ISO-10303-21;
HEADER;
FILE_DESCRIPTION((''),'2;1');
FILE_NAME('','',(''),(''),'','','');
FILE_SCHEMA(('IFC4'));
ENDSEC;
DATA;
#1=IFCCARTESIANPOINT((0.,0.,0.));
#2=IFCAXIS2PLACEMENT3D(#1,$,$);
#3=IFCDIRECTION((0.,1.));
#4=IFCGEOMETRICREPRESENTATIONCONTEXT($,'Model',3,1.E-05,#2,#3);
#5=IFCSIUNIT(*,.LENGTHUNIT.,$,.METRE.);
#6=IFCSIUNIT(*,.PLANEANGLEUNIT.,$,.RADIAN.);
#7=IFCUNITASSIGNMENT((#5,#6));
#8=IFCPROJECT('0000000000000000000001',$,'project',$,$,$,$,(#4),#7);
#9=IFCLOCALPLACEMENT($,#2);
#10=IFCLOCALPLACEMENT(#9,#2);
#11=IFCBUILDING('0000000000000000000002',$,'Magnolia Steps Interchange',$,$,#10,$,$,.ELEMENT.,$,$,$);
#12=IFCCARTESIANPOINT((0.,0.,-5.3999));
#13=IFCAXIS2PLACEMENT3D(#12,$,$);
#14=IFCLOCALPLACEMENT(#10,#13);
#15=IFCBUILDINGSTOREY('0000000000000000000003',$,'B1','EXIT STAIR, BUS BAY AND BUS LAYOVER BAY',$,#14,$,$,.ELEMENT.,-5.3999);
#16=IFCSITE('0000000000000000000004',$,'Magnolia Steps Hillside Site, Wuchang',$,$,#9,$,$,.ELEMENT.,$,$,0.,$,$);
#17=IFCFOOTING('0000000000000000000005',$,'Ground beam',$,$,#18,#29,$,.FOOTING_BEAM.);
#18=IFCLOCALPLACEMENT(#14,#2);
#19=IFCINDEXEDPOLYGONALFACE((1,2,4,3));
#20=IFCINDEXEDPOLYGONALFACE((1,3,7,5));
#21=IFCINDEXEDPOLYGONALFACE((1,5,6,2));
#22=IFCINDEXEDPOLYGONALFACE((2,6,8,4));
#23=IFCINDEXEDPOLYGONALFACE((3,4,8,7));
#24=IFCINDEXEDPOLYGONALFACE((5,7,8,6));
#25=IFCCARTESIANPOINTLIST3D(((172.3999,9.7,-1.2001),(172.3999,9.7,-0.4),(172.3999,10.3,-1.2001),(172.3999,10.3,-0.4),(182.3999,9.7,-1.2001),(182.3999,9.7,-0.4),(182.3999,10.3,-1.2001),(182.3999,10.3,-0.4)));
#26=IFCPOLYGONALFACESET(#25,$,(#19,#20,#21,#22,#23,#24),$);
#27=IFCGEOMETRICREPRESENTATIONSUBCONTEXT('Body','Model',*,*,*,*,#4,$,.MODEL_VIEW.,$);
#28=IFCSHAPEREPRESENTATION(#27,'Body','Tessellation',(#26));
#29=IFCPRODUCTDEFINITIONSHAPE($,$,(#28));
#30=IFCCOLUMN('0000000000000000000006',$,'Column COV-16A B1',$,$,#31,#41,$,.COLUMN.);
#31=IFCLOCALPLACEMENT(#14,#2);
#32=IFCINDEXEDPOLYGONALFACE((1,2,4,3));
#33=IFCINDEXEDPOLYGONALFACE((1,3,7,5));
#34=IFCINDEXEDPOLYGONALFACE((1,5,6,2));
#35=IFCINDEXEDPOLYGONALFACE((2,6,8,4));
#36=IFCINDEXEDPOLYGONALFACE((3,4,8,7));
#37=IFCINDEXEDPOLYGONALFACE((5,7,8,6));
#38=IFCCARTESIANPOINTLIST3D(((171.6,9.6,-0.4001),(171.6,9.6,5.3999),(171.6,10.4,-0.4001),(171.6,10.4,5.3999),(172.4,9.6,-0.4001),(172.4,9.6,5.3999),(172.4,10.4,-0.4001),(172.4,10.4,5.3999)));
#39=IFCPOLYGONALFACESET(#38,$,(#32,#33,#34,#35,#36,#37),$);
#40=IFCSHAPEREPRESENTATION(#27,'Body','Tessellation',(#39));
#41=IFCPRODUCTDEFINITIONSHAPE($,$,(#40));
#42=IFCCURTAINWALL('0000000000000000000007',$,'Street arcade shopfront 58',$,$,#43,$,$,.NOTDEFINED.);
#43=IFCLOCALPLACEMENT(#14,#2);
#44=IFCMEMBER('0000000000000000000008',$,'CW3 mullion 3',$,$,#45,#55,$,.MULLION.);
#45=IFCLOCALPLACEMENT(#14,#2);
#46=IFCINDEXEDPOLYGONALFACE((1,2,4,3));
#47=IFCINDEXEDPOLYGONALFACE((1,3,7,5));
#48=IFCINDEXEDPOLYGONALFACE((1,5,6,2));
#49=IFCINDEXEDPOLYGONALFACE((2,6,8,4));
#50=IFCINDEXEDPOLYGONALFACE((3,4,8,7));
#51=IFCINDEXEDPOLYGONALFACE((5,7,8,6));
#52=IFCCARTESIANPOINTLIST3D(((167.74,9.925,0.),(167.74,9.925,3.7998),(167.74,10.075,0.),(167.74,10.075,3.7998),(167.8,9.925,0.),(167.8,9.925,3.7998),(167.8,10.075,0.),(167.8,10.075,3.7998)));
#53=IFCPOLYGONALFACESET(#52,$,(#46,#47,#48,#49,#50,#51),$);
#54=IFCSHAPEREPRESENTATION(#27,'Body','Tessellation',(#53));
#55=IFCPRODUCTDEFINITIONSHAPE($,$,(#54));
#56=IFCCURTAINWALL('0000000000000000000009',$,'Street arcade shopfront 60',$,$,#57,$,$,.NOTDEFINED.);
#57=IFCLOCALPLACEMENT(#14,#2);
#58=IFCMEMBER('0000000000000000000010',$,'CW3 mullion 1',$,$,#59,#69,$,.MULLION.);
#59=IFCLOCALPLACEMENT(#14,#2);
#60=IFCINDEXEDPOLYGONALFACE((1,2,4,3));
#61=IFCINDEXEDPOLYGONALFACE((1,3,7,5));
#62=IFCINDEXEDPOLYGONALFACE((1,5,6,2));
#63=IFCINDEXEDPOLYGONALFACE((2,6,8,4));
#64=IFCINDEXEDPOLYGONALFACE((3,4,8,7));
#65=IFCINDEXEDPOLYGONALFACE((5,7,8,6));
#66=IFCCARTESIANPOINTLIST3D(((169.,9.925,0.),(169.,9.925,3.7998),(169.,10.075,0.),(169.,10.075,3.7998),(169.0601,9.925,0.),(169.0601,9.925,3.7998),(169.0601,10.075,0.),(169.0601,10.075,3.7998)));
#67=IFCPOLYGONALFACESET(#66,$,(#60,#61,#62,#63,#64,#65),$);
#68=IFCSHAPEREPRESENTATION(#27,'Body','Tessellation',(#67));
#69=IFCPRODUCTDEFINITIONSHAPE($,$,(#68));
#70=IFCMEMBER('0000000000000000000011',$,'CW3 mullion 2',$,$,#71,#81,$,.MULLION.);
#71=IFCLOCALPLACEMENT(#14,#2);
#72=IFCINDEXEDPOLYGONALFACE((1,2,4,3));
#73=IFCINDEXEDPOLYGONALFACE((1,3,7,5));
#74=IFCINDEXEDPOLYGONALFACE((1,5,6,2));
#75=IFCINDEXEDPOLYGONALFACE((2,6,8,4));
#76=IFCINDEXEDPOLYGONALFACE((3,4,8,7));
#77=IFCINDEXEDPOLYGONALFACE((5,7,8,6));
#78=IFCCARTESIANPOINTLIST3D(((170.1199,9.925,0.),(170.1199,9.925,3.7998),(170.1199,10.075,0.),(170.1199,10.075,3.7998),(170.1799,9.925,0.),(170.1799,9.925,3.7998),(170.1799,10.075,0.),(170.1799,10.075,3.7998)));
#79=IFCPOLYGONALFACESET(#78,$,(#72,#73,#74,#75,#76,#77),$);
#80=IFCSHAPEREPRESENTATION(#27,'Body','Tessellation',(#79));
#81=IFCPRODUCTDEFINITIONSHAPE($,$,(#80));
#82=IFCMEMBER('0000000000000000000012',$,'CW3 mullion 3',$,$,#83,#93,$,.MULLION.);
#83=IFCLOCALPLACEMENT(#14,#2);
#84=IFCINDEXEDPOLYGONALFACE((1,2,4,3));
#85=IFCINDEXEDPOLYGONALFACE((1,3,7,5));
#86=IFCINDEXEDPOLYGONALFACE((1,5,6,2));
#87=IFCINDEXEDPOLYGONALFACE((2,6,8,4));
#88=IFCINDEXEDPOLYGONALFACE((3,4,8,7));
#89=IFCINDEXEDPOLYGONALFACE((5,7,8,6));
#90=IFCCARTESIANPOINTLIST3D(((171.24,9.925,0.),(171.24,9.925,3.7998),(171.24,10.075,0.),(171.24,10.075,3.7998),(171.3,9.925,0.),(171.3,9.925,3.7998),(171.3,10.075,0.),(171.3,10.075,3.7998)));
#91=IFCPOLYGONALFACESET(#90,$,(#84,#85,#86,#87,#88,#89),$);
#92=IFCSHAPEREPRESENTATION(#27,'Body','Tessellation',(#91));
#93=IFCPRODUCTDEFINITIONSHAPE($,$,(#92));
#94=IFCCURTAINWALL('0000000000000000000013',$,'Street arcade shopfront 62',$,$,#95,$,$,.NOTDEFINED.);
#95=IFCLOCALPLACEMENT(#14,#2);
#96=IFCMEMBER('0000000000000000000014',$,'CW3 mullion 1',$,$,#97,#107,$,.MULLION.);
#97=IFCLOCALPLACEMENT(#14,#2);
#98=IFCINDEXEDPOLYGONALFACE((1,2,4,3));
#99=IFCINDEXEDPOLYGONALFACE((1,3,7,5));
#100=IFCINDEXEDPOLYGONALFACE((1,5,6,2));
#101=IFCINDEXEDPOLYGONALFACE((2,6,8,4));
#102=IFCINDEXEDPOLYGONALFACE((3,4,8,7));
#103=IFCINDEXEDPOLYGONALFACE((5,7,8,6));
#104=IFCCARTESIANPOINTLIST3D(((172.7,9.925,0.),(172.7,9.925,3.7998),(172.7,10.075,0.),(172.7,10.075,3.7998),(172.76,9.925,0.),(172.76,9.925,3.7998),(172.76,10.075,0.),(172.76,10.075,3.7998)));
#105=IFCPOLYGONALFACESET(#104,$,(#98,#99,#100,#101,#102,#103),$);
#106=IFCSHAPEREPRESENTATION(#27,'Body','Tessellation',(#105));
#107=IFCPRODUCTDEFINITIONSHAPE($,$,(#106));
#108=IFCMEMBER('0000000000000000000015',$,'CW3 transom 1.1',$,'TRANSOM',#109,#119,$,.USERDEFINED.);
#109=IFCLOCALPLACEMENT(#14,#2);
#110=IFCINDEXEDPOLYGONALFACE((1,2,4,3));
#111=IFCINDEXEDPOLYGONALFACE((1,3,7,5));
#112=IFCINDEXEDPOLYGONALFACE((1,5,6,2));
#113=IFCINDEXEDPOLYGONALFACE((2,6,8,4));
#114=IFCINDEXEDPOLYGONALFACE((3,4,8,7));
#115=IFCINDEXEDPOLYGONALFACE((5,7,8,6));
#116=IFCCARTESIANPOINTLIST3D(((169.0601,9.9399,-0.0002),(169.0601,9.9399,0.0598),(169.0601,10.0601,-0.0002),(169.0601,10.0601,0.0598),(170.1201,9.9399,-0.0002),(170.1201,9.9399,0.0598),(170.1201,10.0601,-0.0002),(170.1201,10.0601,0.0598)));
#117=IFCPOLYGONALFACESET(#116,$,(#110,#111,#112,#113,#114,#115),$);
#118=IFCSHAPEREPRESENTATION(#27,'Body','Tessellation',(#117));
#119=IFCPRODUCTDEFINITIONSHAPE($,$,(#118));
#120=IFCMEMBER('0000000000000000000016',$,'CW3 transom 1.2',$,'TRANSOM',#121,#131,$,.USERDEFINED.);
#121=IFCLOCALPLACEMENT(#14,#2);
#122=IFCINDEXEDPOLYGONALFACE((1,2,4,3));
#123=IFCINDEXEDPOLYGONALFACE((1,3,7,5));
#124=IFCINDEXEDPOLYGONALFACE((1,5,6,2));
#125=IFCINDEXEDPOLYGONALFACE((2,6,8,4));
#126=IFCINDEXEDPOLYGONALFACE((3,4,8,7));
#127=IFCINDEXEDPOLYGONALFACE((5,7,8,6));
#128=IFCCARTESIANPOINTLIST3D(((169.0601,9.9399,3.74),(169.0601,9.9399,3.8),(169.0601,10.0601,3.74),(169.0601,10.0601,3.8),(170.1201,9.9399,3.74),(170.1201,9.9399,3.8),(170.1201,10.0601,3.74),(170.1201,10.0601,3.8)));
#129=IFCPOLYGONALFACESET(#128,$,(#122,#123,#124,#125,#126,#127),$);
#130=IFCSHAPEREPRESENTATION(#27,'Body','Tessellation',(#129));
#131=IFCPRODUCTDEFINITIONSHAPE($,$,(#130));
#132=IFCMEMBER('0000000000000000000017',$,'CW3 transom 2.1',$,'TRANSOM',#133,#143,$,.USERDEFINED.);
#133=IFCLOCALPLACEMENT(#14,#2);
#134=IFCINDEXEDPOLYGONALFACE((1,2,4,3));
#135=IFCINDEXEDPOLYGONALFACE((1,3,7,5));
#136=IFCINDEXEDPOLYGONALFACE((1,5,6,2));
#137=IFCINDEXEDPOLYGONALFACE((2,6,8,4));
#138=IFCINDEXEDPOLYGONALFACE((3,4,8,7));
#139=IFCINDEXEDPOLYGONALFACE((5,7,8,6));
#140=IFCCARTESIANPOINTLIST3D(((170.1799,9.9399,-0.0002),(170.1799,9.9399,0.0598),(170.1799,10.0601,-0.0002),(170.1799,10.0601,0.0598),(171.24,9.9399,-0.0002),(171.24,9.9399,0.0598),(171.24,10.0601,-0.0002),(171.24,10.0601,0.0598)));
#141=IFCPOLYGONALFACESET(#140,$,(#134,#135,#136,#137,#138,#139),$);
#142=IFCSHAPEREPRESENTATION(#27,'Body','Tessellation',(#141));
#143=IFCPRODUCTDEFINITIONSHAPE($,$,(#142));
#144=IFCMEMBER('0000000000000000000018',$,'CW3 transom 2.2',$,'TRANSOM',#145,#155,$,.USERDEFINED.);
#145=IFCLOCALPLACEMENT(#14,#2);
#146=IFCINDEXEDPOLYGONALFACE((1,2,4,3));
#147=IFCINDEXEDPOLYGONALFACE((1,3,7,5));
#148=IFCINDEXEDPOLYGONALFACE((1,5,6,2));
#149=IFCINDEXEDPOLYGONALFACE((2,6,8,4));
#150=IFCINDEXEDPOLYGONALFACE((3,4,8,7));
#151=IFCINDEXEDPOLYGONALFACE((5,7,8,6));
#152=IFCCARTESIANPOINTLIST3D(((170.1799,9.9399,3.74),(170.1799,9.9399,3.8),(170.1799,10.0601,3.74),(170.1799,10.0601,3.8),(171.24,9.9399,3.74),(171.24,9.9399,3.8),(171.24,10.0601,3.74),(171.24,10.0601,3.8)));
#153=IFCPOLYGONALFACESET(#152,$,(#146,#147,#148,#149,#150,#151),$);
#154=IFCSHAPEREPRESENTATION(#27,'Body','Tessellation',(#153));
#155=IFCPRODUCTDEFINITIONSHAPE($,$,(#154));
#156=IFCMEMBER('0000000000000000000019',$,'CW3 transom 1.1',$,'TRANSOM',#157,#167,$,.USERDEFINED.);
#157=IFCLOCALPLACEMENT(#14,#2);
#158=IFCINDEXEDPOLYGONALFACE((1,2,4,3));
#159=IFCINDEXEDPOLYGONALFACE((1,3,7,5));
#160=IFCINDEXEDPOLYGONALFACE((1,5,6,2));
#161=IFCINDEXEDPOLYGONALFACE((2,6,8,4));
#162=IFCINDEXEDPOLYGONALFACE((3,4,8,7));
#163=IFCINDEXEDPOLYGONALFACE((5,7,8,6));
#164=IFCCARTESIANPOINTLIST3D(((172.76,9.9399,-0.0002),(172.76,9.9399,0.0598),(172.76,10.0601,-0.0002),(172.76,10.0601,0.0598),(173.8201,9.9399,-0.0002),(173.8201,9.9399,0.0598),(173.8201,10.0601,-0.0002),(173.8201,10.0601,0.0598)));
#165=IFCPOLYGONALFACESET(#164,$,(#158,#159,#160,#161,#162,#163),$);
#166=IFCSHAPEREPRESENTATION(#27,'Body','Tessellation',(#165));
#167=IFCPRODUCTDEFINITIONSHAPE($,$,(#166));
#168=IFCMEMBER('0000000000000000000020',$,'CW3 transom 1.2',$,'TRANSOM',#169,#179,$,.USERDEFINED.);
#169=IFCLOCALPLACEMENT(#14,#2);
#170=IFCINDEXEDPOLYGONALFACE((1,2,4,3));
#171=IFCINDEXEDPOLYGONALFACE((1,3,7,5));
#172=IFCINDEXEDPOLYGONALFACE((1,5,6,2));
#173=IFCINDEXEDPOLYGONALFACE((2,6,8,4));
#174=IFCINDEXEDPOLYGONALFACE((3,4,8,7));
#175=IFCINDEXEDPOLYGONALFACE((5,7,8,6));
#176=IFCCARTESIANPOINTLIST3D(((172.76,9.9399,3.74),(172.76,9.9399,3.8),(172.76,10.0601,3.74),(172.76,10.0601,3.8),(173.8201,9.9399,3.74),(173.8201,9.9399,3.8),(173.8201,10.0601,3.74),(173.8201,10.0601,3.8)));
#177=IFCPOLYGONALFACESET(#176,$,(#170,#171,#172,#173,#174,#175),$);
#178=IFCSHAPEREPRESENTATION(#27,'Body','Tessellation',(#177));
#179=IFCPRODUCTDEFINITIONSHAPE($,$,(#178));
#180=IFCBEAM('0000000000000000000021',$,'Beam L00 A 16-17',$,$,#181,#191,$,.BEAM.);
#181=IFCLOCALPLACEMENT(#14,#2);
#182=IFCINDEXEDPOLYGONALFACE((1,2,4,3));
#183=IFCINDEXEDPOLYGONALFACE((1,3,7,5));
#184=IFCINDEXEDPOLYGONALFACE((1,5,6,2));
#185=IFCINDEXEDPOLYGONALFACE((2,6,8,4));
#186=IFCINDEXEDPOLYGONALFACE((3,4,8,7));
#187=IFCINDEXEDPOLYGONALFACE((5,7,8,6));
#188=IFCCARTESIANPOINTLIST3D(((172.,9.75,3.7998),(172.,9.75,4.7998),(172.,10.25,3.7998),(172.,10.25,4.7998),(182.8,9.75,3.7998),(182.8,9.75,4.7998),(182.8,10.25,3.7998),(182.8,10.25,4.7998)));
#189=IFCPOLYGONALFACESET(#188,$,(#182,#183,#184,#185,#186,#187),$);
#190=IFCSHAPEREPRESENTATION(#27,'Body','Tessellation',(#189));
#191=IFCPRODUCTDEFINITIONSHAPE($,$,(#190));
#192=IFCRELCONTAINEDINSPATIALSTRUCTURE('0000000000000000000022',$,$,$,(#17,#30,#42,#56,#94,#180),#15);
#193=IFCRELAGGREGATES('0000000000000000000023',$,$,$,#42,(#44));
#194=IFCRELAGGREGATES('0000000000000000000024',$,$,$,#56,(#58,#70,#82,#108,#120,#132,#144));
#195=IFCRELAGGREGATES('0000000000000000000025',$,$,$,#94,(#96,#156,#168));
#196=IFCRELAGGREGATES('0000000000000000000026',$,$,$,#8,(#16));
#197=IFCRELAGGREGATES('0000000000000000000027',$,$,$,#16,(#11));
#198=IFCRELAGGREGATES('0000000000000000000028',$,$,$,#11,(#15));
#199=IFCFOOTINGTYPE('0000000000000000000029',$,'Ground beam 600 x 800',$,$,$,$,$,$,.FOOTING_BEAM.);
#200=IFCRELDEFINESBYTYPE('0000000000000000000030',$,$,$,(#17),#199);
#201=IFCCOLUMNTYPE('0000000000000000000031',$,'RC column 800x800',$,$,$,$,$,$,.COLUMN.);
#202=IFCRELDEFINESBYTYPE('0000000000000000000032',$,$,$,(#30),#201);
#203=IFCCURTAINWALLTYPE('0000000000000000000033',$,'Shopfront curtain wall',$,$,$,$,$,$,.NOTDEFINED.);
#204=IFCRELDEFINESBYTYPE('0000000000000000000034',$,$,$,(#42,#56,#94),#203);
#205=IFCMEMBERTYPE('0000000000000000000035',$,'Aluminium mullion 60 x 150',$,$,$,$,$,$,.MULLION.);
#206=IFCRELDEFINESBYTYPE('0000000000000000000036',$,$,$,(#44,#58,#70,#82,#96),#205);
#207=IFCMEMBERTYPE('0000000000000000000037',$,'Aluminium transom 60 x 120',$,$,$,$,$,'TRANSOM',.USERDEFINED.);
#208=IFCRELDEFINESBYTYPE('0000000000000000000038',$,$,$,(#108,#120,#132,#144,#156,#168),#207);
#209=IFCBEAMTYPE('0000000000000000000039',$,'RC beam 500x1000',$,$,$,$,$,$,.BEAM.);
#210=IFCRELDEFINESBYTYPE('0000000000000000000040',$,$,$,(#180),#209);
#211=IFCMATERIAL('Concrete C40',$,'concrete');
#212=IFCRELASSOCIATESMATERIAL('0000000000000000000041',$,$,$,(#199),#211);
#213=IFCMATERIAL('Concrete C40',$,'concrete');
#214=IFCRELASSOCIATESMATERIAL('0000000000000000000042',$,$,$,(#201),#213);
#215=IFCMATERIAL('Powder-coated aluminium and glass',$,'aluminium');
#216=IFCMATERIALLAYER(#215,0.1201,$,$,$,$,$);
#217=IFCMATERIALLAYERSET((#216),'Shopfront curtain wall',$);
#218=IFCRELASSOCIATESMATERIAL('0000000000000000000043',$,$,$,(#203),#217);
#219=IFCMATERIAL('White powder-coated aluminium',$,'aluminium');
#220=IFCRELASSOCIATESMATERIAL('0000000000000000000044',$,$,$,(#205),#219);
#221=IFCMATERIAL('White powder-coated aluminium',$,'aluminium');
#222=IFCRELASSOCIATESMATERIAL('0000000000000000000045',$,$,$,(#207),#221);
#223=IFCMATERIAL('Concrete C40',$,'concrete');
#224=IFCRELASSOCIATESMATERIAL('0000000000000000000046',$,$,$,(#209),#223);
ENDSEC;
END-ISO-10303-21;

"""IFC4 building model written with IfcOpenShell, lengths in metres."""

from ifc_helpers import new_model, si_unit, direction, frame, origin, origin_2d, place, context, subcontext, project, spatial, rectangle, extrude, material, layer, layer_set, material_profile, profile_set, type_object, element, aggregate, save


model = new_model("IFC4")

# Units and contexts
model_context = context("Model", 3, precision=1e-05, world=origin(), true_north=direction((0.0, 1.0)))
body_context = subcontext(model_context, "Body", "Model", "MODEL_VIEW")
ifc_project = project(units=[si_unit("LENGTHUNIT", "METRE"), si_unit("PLANEANGLEUNIT", "RADIAN")], contexts=[model_context])

# Site, building, storey
site_placement = place(None, origin())
site = spatial("IfcSite", under=ifc_project, at=site_placement, Name="Magnolia Steps Hillside Site, Wuchang", CompositionType="ELEMENT", RefElevation=0.0)
building_placement = place(site_placement, origin())
building = spatial("IfcBuilding", under=site, at=building_placement, Name="Magnolia Steps Interchange", CompositionType="ELEMENT")
storey_placement = place(building_placement, frame((0.0, 0.0, -5.3999)))
storey = spatial("IfcBuildingStorey", under=building, at=storey_placement, Name="B1", Description="EXIT STAIR, BUS BAY AND BUS LAYOVER BAY", CompositionType="ELEMENT", Elevation=-5.3999)

# Footing
ifc_material_1 = material(Name="Concrete C40", Category="concrete")
ifc_material_profile_1 = material_profile(ifc_material_1, rectangle(XDim=0.6001, YDim=0.8, at=origin_2d()), Name="RC600x800")
ifc_profile_set_1 = profile_set([ifc_material_profile_1], Name="Concrete C40")
footing_type = type_object("IfcFootingType", Name="Ground beam 600 x 800", PredefinedType="FOOTING_BEAM", material=ifc_profile_set_1)
footing_placement = place(storey_placement, frame((172.3999, 10.0, -0.8), z_axis=(1.0, 0.0, 0.0), x_axis=(0.0, 1.0, 0.0)))
element("IfcFooting", 1, at=footing_placement, inside=storey, type_object=footing_type, Name="Ground beam", PredefinedType="FOOTING_BEAM", context=body_context, shape_type="SweptSolid", body=[
    extrude(rectangle(XDim=0.6001, YDim=0.8, at=origin_2d()), origin(), (0.0, 0.0, 1.0), 10.0),
])

# Column
ifc_material_2 = material(Name="Concrete C40", Category="concrete")
ifc_material_profile_2 = material_profile(ifc_material_2, rectangle(XDim=0.8, YDim=0.8, at=origin_2d()), Name="RC800x800")
ifc_profile_set_2 = profile_set([ifc_material_profile_2], Name="Concrete C40")
column_type = type_object("IfcColumnType", Name="RC column 800x800", PredefinedType="COLUMN", material=ifc_profile_set_2)
column_placement = place(storey_placement, frame((172.0, 10.0, -0.4001), z_axis=(0.0, 0.0, 1.0), x_axis=(1.0, 0.0, 0.0)))
element("IfcColumn", 2, at=column_placement, inside=storey, type_object=column_type, Name="Column COV-16A B1", PredefinedType="COLUMN", context=body_context, shape_type="SweptSolid", body=[
    extrude(rectangle(XDim=0.8, YDim=0.8, at=origin_2d()), origin(), (0.0, 0.0, 1.0), 5.8),
])

# Curtain wall, member
ifc_material_3 = material(Name="Powder-coated aluminium and glass", Category="aluminium")
ifc_layer_1 = layer(ifc_material_3, 0.1201)
ifc_layer_set_1 = layer_set([ifc_layer_1], Name="Shopfront curtain wall")
curtain_wall_type = type_object("IfcCurtainWallType", Name="Shopfront curtain wall", PredefinedType="NOTDEFINED", material=ifc_layer_set_1)
curtain_wall_1_placement = place(storey_placement, origin())
curtain_wall_1 = element("IfcCurtainWall", 3, at=curtain_wall_1_placement, inside=storey, type_object=curtain_wall_type, Name="Street arcade shopfront 58", PredefinedType="NOTDEFINED")
ifc_material_4 = material(Name="White powder-coated aluminium", Category="aluminium")
ifc_material_profile_3 = material_profile(ifc_material_4, rectangle(XDim=0.0601, YDim=0.1499, at=origin_2d()), Name="Aluminium mullion 60 x 150")
ifc_profile_set_3 = profile_set([ifc_material_profile_3], Name="White powder-coated aluminium")
member_type_1 = type_object("IfcMemberType", Name="Aluminium mullion 60 x 150", PredefinedType="MULLION", material=ifc_profile_set_3)
member_1_placement = place(storey_placement, frame((167.77, 10.0, 0.0), z_axis=(0.0, 0.0, 1.0), x_axis=(1.0, 0.0, 0.0)))
member_1 = element("IfcMember", 4, at=member_1_placement, type_object=member_type_1, Name="CW3 mullion 3", PredefinedType="MULLION", context=body_context, shape_type="SweptSolid", body=[
    extrude(rectangle(XDim=0.0601, YDim=0.1499, at=origin_2d()), origin(), (0.0, 0.0, 1.0), 3.7998),
])

# Curtain wall, members
curtain_wall_2_placement = place(storey_placement, origin())
curtain_wall_2 = element("IfcCurtainWall", 5, at=curtain_wall_2_placement, inside=storey, type_object=curtain_wall_type, Name="Street arcade shopfront 60", PredefinedType="NOTDEFINED")
member_2_placement = place(storey_placement, frame((169.03, 10.0, 0.0), z_axis=(0.0, 0.0, 1.0), x_axis=(1.0, 0.0, 0.0)))
member_2 = element("IfcMember", 6, at=member_2_placement, type_object=member_type_1, Name="CW3 mullion 1", PredefinedType="MULLION", context=body_context, shape_type="SweptSolid", body=[
    extrude(rectangle(XDim=0.0601, YDim=0.1499, at=origin_2d()), origin(), (0.0, 0.0, 1.0), 3.7998),
])
member_3_placement = place(storey_placement, frame((170.1499, 10.0, 0.0), z_axis=(0.0, 0.0, 1.0), x_axis=(1.0, 0.0, 0.0)))
member_3 = element("IfcMember", 7, at=member_3_placement, type_object=member_type_1, Name="CW3 mullion 2", PredefinedType="MULLION", context=body_context, shape_type="SweptSolid", body=[
    extrude(rectangle(XDim=0.0601, YDim=0.1499, at=origin_2d()), origin(), (0.0, 0.0, 1.0), 3.7998),
])
member_4_placement = place(storey_placement, frame((171.27, 10.0, 0.0), z_axis=(0.0, 0.0, 1.0), x_axis=(1.0, 0.0, 0.0)))
member_4 = element("IfcMember", 8, at=member_4_placement, type_object=member_type_1, Name="CW3 mullion 3", PredefinedType="MULLION", context=body_context, shape_type="SweptSolid", body=[
    extrude(rectangle(XDim=0.0601, YDim=0.1499, at=origin_2d()), origin(), (0.0, 0.0, 1.0), 3.7998),
])

# Curtain wall, member
curtain_wall_3_placement = place(storey_placement, origin())
curtain_wall_3 = element("IfcCurtainWall", 9, at=curtain_wall_3_placement, inside=storey, type_object=curtain_wall_type, Name="Street arcade shopfront 62", PredefinedType="NOTDEFINED")
member_5_placement = place(storey_placement, frame((172.73, 10.0, 0.0), z_axis=(0.0, 0.0, 1.0), x_axis=(1.0, 0.0, 0.0)))
member_5 = element("IfcMember", 10, at=member_5_placement, type_object=member_type_1, Name="CW3 mullion 1", PredefinedType="MULLION", context=body_context, shape_type="SweptSolid", body=[
    extrude(rectangle(XDim=0.0601, YDim=0.1499, at=origin_2d()), origin(), (0.0, 0.0, 1.0), 3.7998),
])

# Members
ifc_material_5 = material(Name="White powder-coated aluminium", Category="aluminium")
ifc_material_profile_4 = material_profile(ifc_material_5, rectangle(XDim=0.0601, YDim=0.1201, at=origin_2d()), Name="Aluminium transom 60 x 120")
ifc_profile_set_4 = profile_set([ifc_material_profile_4], Name="White powder-coated aluminium")
member_type_2 = type_object("IfcMemberType", Name="Aluminium transom 60 x 120", ElementType="TRANSOM", PredefinedType="USERDEFINED", material=ifc_profile_set_4)
member_6_placement = place(storey_placement, frame((169.0601, 10.0, 0.0298), z_axis=(1.0, 0.0, 0.0), x_axis=(0.0, 0.0, 1.0)))
member_6 = element("IfcMember", 11, at=member_6_placement, type_object=member_type_2, Name="CW3 transom 1.1", ObjectType="TRANSOM", PredefinedType="USERDEFINED", context=body_context, shape_type="SweptSolid", body=[
    extrude(rectangle(XDim=0.0601, YDim=0.1201, at=origin_2d()), origin(), (0.0, 0.0, 1.0), 1.0601),
])
member_7_placement = place(storey_placement, frame((169.0601, 10.0, 3.77), z_axis=(1.0, 0.0, 0.0), x_axis=(0.0, 0.0, 1.0)))
member_7 = element("IfcMember", 12, at=member_7_placement, type_object=member_type_2, Name="CW3 transom 1.2", ObjectType="TRANSOM", PredefinedType="USERDEFINED", context=body_context, shape_type="SweptSolid", body=[
    extrude(rectangle(XDim=0.0601, YDim=0.1201, at=origin_2d()), origin(), (0.0, 0.0, 1.0), 1.0601),
])
member_8_placement = place(storey_placement, frame((170.1799, 10.0, 0.0298), z_axis=(1.0, 0.0, 0.0), x_axis=(0.0, 0.0, 1.0)))
member_8 = element("IfcMember", 13, at=member_8_placement, type_object=member_type_2, Name="CW3 transom 2.1", ObjectType="TRANSOM", PredefinedType="USERDEFINED", context=body_context, shape_type="SweptSolid", body=[
    extrude(rectangle(XDim=0.0601, YDim=0.1201, at=origin_2d()), origin(), (0.0, 0.0, 1.0), 1.0601),
])
member_9_placement = place(storey_placement, frame((170.1799, 10.0, 3.77), z_axis=(1.0, 0.0, 0.0), x_axis=(0.0, 0.0, 1.0)))
member_9 = element("IfcMember", 14, at=member_9_placement, type_object=member_type_2, Name="CW3 transom 2.2", ObjectType="TRANSOM", PredefinedType="USERDEFINED", context=body_context, shape_type="SweptSolid", body=[
    extrude(rectangle(XDim=0.0601, YDim=0.1201, at=origin_2d()), origin(), (0.0, 0.0, 1.0), 1.0601),
])
member_10_placement = place(storey_placement, frame((172.76, 10.0, 0.0298), z_axis=(1.0, 0.0, 0.0), x_axis=(0.0, 0.0, 1.0)))
member_10 = element("IfcMember", 15, at=member_10_placement, type_object=member_type_2, Name="CW3 transom 1.1", ObjectType="TRANSOM", PredefinedType="USERDEFINED", context=body_context, shape_type="SweptSolid", body=[
    extrude(rectangle(XDim=0.0601, YDim=0.1201, at=origin_2d()), origin(), (0.0, 0.0, 1.0), 1.0601),
])
member_11_placement = place(storey_placement, frame((172.76, 10.0, 3.77), z_axis=(1.0, 0.0, 0.0), x_axis=(0.0, 0.0, 1.0)))
member_11 = element("IfcMember", 16, at=member_11_placement, type_object=member_type_2, Name="CW3 transom 1.2", ObjectType="TRANSOM", PredefinedType="USERDEFINED", context=body_context, shape_type="SweptSolid", body=[
    extrude(rectangle(XDim=0.0601, YDim=0.1201, at=origin_2d()), origin(), (0.0, 0.0, 1.0), 1.0601),
])

# Beam
ifc_material_6 = material(Name="Concrete C40", Category="concrete")
ifc_material_profile_5 = material_profile(ifc_material_6, rectangle(XDim=0.5, YDim=1.0, at=origin_2d()), Name="RC500x1000")
ifc_profile_set_5 = profile_set([ifc_material_profile_5], Name="Concrete C40")
beam_type = type_object("IfcBeamType", Name="RC beam 500x1000", PredefinedType="BEAM", material=ifc_profile_set_5)
for number, where, z_axis, x_axis, name in (
    (17, (172.0, 10.0, 4.2998), (1.0, 0.0, 0.0), (0.0, 1.0, 0.0), "Beam L00 A 16-17"),
):
    element("IfcBeam", number, at=place(storey_placement, frame(where, z_axis=z_axis, x_axis=x_axis)), inside=storey, type_object=beam_type, Name=name, PredefinedType="BEAM", context=body_context, shape_type="SweptSolid", body=[
        extrude(rectangle(XDim=0.5, YDim=1.0, at=origin_2d()), origin(), (0.0, 0.0, 1.0), 10.8),
    ])

aggregate(curtain_wall_1, [member_1])
aggregate(curtain_wall_2, [member_2, member_3, member_4, member_6, member_7, member_8, member_9])
aggregate(curtain_wall_3, [member_5, member_10, member_11])

save(model, "model.ifc")
